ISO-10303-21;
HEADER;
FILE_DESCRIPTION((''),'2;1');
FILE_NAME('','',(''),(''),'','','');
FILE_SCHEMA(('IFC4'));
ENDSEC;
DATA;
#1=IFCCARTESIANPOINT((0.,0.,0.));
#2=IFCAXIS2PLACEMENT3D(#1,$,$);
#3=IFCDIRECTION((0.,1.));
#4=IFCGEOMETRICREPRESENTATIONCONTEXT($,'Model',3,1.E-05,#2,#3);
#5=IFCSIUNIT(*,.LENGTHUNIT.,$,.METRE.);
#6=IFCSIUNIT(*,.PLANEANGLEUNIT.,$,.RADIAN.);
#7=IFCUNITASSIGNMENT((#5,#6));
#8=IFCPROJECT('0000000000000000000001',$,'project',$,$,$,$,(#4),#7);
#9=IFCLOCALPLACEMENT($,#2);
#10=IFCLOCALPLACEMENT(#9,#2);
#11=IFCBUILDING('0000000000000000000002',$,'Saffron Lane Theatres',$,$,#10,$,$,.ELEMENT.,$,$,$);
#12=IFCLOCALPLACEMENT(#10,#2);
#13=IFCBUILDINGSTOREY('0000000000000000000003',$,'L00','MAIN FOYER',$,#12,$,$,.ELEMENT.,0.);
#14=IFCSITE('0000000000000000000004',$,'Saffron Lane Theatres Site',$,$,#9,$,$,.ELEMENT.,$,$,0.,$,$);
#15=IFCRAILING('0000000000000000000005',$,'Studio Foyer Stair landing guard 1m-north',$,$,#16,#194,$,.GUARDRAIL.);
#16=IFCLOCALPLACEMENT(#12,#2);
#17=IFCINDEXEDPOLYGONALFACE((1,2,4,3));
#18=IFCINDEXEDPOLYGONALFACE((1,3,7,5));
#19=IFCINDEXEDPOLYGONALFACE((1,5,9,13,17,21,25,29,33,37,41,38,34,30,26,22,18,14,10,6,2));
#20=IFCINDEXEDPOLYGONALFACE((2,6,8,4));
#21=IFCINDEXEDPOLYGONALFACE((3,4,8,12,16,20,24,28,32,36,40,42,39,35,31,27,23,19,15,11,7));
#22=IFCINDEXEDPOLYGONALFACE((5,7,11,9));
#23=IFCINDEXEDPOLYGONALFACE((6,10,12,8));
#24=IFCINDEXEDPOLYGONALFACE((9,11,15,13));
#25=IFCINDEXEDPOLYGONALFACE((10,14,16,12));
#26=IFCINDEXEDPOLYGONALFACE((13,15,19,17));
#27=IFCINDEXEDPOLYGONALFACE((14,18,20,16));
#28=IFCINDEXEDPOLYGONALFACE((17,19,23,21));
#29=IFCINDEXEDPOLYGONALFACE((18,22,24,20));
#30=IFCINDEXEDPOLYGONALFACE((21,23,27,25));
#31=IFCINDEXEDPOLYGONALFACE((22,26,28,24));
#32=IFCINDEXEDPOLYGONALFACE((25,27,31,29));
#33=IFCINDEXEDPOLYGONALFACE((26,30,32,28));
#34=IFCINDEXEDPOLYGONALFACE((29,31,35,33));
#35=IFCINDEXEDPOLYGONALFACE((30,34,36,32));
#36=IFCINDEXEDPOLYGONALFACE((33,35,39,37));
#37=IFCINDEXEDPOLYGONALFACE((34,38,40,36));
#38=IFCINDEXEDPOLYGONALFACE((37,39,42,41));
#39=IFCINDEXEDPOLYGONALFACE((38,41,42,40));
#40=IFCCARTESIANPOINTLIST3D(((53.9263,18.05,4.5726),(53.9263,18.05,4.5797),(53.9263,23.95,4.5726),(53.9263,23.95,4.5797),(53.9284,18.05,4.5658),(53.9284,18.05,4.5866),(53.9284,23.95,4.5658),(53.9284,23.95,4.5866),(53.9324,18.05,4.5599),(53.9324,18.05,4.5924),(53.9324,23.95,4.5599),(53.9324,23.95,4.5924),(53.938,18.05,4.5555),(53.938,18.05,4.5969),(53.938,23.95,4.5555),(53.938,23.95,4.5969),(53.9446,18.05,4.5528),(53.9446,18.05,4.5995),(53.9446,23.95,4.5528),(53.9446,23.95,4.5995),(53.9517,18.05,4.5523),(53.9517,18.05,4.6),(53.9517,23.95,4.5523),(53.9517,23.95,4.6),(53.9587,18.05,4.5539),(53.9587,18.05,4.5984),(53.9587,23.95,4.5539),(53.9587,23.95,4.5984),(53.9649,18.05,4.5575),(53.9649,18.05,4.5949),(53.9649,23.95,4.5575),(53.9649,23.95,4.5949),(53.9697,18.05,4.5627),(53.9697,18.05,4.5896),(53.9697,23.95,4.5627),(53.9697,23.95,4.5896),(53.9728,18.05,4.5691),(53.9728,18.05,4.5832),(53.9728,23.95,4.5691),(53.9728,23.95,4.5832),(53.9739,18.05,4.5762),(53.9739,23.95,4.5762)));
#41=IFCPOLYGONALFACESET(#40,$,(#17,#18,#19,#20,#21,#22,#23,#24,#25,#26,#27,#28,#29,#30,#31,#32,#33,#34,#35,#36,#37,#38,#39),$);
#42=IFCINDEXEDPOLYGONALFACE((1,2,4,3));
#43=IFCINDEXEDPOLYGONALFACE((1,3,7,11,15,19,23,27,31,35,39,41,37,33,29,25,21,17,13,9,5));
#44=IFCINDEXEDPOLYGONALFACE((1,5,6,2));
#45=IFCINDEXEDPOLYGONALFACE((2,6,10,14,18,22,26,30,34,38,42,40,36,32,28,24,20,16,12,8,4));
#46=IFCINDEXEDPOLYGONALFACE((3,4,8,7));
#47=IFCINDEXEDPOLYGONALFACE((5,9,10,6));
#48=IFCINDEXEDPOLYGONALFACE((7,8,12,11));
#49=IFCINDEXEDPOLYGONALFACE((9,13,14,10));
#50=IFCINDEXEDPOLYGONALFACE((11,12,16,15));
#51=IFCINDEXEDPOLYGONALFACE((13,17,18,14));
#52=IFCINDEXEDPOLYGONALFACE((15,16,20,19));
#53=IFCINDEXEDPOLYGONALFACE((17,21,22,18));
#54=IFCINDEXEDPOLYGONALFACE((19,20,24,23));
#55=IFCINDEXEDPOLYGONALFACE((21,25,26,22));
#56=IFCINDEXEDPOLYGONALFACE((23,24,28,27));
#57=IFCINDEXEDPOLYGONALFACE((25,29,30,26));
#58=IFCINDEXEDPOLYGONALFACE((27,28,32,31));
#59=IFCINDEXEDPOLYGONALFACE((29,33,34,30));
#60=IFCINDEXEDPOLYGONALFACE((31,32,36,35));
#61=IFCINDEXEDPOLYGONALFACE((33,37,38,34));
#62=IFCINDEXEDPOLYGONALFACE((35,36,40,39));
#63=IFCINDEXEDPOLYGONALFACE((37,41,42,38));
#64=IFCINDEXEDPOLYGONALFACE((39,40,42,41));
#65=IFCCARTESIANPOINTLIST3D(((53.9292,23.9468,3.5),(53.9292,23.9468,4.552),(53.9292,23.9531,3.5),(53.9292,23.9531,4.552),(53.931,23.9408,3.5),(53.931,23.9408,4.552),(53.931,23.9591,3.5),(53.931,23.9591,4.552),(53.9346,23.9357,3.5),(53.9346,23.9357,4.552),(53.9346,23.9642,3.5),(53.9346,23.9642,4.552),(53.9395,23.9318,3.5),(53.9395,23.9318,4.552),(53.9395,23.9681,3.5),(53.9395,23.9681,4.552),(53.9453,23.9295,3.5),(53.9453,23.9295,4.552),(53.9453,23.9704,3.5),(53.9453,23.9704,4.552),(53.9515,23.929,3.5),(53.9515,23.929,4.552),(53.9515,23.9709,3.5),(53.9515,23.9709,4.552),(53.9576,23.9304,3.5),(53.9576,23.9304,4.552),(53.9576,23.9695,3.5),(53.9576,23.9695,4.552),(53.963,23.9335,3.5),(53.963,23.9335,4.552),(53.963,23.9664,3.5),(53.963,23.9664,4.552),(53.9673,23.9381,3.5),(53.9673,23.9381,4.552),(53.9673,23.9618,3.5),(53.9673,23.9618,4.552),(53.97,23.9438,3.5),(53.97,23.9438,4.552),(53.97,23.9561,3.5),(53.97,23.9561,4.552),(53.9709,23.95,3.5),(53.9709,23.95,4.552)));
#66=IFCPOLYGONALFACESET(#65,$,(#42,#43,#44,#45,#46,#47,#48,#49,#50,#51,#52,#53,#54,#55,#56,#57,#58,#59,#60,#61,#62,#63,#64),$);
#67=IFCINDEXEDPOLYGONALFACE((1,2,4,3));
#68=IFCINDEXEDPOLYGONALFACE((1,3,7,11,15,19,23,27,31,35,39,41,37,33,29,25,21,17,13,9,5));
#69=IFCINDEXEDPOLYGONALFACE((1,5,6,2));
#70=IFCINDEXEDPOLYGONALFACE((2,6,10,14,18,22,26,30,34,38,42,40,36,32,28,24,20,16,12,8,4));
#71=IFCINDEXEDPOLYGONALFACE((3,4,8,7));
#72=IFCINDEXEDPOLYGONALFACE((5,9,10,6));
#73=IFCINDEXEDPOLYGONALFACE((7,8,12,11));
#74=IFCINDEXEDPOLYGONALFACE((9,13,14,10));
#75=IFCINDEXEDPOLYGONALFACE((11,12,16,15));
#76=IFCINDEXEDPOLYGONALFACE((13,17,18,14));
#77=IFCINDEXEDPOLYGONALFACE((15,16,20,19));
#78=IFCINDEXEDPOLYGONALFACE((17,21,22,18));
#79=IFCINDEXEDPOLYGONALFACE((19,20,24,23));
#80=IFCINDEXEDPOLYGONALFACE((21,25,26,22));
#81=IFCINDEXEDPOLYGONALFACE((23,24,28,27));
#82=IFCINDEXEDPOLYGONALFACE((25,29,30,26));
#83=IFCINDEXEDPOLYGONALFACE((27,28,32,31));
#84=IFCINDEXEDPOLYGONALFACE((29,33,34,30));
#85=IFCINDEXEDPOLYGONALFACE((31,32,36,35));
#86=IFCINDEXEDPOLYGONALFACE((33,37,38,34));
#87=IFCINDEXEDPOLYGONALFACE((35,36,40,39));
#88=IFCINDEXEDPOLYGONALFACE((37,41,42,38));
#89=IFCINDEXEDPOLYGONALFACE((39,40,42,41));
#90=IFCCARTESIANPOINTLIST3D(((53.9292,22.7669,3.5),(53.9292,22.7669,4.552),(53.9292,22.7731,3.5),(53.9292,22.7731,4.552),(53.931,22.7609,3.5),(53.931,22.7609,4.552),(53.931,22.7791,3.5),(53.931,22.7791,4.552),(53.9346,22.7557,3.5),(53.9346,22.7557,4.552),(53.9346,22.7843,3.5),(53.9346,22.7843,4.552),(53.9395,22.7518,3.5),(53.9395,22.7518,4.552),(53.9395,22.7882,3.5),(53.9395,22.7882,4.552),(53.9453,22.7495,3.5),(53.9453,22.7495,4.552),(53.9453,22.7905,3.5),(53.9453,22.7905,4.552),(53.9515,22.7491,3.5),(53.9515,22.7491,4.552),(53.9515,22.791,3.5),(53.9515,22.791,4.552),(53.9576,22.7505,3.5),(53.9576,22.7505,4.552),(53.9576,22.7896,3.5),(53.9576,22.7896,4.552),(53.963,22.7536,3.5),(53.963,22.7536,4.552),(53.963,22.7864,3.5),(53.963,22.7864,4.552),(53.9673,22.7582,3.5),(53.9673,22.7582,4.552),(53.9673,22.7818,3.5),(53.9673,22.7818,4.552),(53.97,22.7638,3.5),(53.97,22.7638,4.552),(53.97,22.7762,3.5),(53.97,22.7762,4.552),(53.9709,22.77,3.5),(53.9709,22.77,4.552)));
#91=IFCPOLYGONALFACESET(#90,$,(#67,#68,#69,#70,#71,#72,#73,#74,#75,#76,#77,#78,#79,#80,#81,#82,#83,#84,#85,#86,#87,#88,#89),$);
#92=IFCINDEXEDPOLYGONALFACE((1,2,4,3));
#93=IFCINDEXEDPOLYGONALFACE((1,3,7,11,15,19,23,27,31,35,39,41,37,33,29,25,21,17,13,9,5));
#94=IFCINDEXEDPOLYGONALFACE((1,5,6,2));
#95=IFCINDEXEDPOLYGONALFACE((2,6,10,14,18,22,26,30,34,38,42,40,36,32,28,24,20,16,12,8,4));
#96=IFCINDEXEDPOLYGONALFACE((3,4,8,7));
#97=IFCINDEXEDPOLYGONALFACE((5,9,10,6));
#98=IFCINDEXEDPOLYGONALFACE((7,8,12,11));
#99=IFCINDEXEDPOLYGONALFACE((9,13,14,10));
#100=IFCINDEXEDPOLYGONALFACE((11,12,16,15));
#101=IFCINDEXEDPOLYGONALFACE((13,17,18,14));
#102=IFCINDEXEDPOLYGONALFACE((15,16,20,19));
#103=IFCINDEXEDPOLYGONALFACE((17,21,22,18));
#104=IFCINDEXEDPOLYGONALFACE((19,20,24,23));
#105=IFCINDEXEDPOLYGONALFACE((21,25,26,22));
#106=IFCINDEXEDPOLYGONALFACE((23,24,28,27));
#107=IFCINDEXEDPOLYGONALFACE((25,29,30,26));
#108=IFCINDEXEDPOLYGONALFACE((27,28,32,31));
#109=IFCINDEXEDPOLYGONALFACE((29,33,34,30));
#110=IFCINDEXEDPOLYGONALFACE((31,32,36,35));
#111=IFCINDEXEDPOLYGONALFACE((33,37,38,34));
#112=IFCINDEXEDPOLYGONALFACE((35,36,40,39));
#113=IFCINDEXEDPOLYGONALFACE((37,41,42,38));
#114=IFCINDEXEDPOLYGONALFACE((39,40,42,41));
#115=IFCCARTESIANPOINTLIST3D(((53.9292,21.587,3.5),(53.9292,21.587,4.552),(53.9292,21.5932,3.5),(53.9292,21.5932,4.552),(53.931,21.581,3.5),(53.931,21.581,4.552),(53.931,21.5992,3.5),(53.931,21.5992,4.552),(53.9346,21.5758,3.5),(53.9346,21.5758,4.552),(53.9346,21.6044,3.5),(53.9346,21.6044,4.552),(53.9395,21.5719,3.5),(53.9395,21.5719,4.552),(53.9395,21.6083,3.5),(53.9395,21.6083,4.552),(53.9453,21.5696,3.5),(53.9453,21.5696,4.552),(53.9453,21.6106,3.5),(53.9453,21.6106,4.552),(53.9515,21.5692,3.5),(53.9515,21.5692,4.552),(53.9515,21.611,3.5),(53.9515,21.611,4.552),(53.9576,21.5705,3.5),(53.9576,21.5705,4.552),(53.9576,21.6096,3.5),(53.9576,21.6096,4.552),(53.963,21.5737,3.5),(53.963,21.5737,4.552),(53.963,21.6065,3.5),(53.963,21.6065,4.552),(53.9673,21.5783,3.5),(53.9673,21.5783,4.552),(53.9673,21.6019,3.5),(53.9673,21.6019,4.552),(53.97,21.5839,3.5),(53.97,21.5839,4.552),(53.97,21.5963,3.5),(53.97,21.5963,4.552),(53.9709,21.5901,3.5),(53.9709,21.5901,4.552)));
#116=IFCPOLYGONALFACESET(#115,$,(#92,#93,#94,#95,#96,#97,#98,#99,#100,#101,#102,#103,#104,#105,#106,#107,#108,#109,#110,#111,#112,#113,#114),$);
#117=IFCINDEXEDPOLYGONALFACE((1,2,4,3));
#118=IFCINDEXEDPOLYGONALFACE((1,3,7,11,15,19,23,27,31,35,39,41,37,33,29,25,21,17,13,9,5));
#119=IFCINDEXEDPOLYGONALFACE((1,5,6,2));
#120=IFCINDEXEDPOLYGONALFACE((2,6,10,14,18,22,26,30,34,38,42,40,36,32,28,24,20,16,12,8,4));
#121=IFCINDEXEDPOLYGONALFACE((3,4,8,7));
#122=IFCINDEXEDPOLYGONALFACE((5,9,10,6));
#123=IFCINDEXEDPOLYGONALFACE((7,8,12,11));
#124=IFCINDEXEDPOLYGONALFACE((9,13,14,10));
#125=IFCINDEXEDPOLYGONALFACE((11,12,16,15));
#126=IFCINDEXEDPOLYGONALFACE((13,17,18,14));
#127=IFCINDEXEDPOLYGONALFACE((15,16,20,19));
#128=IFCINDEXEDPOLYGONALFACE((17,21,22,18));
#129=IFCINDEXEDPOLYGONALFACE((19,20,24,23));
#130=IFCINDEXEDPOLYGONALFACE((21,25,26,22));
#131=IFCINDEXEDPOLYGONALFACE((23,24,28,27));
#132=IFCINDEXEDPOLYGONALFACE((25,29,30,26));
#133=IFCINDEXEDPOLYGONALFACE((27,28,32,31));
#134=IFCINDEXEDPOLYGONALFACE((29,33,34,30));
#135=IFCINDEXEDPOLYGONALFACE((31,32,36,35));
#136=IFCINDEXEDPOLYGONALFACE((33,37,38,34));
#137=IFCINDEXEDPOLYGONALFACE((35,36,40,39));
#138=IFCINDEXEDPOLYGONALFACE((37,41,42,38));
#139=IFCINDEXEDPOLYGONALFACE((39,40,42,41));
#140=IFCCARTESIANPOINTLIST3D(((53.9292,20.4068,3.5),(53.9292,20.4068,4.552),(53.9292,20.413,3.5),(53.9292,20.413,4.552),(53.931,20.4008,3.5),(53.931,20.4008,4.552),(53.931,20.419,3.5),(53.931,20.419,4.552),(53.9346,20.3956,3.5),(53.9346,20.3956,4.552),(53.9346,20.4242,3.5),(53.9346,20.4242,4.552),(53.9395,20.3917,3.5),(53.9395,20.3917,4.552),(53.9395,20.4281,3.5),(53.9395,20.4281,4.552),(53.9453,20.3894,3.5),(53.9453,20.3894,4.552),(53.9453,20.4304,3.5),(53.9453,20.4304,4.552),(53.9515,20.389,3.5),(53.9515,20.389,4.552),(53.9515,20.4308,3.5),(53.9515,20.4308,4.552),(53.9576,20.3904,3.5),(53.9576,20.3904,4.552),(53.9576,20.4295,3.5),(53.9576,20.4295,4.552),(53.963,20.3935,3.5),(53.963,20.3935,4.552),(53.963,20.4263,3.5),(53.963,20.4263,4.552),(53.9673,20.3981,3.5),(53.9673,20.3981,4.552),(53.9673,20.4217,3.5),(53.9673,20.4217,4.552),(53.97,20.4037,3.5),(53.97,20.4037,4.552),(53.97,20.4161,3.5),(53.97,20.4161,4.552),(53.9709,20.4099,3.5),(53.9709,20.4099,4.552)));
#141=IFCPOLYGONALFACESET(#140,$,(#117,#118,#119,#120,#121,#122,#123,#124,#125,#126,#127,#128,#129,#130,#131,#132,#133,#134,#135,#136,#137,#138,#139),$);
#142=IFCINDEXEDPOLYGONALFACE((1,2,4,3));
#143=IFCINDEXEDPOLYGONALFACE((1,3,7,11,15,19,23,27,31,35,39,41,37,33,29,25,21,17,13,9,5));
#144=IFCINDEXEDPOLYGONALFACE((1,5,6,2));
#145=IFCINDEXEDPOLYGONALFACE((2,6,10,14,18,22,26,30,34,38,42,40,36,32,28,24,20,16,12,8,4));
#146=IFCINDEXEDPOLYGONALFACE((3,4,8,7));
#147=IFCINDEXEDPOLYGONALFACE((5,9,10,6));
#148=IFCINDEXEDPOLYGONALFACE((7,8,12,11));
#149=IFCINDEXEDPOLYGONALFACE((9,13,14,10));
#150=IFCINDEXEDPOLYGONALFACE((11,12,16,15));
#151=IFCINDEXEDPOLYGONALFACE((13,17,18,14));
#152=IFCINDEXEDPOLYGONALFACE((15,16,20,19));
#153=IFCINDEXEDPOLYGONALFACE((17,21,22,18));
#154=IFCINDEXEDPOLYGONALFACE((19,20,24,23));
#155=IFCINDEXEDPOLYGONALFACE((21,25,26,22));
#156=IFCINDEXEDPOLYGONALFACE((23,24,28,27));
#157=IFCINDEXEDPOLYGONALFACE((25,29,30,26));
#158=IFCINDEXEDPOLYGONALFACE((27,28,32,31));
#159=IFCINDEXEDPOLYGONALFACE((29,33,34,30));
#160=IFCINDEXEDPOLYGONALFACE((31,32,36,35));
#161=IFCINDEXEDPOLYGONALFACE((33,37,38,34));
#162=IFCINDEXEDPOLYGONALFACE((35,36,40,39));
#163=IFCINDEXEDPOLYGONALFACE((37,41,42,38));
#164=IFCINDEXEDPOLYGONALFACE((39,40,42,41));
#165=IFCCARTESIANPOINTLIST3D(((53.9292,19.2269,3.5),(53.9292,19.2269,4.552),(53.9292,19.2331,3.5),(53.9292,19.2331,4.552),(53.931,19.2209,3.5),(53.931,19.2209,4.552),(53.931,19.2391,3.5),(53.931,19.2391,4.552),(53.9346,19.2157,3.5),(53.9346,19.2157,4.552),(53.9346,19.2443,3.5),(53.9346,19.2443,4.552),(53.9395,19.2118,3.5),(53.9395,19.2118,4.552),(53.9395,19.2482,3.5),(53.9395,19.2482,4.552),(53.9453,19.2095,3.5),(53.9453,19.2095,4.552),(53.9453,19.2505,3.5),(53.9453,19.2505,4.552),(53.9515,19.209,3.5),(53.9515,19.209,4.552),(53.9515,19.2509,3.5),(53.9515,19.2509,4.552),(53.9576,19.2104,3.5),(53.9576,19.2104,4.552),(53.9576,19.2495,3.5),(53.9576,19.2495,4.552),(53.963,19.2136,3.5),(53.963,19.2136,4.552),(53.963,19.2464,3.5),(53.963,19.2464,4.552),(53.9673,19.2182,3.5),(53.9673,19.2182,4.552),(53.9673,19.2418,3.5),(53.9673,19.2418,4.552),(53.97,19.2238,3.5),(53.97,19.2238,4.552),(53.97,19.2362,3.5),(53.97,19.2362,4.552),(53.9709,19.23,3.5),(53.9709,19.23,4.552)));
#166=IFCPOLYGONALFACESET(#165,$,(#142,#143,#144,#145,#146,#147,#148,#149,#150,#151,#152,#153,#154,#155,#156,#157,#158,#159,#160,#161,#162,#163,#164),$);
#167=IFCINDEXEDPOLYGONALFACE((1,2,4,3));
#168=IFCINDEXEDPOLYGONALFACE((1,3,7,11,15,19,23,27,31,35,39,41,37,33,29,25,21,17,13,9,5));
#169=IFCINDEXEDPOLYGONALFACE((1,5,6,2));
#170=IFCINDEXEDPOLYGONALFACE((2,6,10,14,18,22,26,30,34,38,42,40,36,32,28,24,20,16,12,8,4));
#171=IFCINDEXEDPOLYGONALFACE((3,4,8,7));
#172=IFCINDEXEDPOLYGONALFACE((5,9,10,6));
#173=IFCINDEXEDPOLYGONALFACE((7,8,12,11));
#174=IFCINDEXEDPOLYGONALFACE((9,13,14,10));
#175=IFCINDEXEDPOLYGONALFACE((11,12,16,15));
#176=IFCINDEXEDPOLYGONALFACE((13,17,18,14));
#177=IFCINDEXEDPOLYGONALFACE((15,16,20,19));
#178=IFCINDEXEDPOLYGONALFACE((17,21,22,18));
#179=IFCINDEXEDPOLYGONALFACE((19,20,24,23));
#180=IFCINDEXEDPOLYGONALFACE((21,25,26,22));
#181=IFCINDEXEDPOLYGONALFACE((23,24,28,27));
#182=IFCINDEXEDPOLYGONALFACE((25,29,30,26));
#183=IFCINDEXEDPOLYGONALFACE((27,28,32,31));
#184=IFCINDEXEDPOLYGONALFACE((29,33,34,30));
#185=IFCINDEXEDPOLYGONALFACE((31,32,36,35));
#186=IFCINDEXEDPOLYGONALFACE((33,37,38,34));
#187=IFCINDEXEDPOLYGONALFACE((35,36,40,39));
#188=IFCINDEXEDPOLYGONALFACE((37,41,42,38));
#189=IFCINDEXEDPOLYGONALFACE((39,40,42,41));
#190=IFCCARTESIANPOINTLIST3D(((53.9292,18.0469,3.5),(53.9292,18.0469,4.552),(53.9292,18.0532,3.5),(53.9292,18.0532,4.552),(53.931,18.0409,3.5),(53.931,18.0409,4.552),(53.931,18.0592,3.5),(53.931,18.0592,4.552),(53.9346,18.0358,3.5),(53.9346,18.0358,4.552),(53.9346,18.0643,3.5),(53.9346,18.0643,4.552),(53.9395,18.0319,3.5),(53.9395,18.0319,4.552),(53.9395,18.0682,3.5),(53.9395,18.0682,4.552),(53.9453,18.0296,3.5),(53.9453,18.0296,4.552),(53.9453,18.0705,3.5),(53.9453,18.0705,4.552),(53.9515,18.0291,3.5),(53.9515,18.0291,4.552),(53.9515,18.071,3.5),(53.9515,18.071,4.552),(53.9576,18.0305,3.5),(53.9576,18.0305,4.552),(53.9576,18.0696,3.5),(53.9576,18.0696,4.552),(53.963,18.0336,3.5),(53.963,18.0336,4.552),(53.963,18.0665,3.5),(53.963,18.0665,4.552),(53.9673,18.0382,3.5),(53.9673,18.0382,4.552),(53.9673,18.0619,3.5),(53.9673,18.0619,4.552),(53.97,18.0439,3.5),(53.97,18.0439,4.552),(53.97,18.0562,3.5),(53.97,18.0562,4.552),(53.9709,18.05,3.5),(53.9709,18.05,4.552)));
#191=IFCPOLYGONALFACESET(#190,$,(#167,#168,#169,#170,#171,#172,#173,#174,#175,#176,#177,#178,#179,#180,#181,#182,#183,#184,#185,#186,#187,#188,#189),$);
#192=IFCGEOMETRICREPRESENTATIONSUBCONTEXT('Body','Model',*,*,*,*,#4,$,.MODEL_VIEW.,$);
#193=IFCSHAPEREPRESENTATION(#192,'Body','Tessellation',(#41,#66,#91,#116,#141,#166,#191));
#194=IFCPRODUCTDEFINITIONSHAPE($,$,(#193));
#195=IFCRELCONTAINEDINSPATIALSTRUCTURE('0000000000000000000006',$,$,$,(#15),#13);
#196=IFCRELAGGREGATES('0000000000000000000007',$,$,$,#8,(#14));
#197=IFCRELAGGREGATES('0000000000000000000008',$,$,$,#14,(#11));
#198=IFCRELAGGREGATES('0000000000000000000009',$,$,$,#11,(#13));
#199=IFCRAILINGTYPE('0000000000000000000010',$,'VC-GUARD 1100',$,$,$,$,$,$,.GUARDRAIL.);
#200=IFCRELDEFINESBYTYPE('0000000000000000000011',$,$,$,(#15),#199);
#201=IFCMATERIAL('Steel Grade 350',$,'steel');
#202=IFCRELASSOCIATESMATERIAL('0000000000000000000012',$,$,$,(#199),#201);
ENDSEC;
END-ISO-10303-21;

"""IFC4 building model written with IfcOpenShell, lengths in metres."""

from ifc_helpers import new_model, si_unit, direction, frame, origin, origin_2d, place, context, subcontext, project, spatial, circle, extrude, material, type_object, element, save


model = new_model("IFC4")

# Units and contexts
model_context = context("Model", 3, precision=1e-05, world=origin(), true_north=direction((0.0, 1.0)))
body_context = subcontext(model_context, "Body", "Model", "MODEL_VIEW")
ifc_project = project(units=[si_unit("LENGTHUNIT", "METRE"), si_unit("PLANEANGLEUNIT", "RADIAN")], contexts=[model_context])

# Site, building, storey
site_placement = place(None, origin())
site = spatial("IfcSite", under=ifc_project, at=site_placement, Name="Saffron Lane Theatres Site", CompositionType="ELEMENT", RefElevation=0.0)
building_placement = place(site_placement, origin())
building = spatial("IfcBuilding", under=site, at=building_placement, Name="Saffron Lane Theatres", CompositionType="ELEMENT")
storey_placement = place(building_placement, origin())
storey = spatial("IfcBuildingStorey", under=building, at=storey_placement, Name="L00", Description="MAIN FOYER", CompositionType="ELEMENT", Elevation=0.0)

# Railing
ifc_material_1 = material(Name="Steel Grade 350", Category="steel")
railing_type = type_object("IfcRailingType", Name="VC-GUARD 1100", PredefinedType="GUARDRAIL", material=ifc_material_1)
railing_placement = place(storey_placement, frame((53.95, 23.95, 3.5)))
element("IfcRailing", 1, at=railing_placement, inside=storey, type_object=railing_type, Name="Studio Foyer Stair landing guard 1m-north", PredefinedType="GUARDRAIL", context=body_context, shape_type="SweptSolid", body=[
    extrude(circle(Radius=0.0239, at=origin_2d()), frame((0.0, 0.0, 1.0762), z_axis=(0.0, -1.0, 0.0), x_axis=(1.0, 0.0, 0.0)), (0.0, 0.0, 1.0), 5.8999),
    extrude(circle(Radius=0.021, at=origin_2d()), origin(), (0.0, 0.0, 1.0), 1.052),
    extrude(circle(Radius=0.021, at=origin_2d()), frame((0.0, -1.1799, 0.0)), (0.0, 0.0, 1.0), 1.052),
    extrude(circle(Radius=0.021, at=origin_2d()), frame((0.0, -2.3599, 0.0)), (0.0, 0.0, 1.0), 1.052),
    extrude(circle(Radius=0.021, at=origin_2d()), frame((0.0, -3.54, 0.0)), (0.0, 0.0, 1.0), 1.052),
    extrude(circle(Radius=0.021, at=origin_2d()), frame((0.0, -4.72, 0.0)), (0.0, 0.0, 1.0), 1.052),
    extrude(circle(Radius=0.021, at=origin_2d()), frame((0.0, -5.8999, 0.0)), (0.0, 0.0, 1.0), 1.052),
])

save(model, "model.ifc")
